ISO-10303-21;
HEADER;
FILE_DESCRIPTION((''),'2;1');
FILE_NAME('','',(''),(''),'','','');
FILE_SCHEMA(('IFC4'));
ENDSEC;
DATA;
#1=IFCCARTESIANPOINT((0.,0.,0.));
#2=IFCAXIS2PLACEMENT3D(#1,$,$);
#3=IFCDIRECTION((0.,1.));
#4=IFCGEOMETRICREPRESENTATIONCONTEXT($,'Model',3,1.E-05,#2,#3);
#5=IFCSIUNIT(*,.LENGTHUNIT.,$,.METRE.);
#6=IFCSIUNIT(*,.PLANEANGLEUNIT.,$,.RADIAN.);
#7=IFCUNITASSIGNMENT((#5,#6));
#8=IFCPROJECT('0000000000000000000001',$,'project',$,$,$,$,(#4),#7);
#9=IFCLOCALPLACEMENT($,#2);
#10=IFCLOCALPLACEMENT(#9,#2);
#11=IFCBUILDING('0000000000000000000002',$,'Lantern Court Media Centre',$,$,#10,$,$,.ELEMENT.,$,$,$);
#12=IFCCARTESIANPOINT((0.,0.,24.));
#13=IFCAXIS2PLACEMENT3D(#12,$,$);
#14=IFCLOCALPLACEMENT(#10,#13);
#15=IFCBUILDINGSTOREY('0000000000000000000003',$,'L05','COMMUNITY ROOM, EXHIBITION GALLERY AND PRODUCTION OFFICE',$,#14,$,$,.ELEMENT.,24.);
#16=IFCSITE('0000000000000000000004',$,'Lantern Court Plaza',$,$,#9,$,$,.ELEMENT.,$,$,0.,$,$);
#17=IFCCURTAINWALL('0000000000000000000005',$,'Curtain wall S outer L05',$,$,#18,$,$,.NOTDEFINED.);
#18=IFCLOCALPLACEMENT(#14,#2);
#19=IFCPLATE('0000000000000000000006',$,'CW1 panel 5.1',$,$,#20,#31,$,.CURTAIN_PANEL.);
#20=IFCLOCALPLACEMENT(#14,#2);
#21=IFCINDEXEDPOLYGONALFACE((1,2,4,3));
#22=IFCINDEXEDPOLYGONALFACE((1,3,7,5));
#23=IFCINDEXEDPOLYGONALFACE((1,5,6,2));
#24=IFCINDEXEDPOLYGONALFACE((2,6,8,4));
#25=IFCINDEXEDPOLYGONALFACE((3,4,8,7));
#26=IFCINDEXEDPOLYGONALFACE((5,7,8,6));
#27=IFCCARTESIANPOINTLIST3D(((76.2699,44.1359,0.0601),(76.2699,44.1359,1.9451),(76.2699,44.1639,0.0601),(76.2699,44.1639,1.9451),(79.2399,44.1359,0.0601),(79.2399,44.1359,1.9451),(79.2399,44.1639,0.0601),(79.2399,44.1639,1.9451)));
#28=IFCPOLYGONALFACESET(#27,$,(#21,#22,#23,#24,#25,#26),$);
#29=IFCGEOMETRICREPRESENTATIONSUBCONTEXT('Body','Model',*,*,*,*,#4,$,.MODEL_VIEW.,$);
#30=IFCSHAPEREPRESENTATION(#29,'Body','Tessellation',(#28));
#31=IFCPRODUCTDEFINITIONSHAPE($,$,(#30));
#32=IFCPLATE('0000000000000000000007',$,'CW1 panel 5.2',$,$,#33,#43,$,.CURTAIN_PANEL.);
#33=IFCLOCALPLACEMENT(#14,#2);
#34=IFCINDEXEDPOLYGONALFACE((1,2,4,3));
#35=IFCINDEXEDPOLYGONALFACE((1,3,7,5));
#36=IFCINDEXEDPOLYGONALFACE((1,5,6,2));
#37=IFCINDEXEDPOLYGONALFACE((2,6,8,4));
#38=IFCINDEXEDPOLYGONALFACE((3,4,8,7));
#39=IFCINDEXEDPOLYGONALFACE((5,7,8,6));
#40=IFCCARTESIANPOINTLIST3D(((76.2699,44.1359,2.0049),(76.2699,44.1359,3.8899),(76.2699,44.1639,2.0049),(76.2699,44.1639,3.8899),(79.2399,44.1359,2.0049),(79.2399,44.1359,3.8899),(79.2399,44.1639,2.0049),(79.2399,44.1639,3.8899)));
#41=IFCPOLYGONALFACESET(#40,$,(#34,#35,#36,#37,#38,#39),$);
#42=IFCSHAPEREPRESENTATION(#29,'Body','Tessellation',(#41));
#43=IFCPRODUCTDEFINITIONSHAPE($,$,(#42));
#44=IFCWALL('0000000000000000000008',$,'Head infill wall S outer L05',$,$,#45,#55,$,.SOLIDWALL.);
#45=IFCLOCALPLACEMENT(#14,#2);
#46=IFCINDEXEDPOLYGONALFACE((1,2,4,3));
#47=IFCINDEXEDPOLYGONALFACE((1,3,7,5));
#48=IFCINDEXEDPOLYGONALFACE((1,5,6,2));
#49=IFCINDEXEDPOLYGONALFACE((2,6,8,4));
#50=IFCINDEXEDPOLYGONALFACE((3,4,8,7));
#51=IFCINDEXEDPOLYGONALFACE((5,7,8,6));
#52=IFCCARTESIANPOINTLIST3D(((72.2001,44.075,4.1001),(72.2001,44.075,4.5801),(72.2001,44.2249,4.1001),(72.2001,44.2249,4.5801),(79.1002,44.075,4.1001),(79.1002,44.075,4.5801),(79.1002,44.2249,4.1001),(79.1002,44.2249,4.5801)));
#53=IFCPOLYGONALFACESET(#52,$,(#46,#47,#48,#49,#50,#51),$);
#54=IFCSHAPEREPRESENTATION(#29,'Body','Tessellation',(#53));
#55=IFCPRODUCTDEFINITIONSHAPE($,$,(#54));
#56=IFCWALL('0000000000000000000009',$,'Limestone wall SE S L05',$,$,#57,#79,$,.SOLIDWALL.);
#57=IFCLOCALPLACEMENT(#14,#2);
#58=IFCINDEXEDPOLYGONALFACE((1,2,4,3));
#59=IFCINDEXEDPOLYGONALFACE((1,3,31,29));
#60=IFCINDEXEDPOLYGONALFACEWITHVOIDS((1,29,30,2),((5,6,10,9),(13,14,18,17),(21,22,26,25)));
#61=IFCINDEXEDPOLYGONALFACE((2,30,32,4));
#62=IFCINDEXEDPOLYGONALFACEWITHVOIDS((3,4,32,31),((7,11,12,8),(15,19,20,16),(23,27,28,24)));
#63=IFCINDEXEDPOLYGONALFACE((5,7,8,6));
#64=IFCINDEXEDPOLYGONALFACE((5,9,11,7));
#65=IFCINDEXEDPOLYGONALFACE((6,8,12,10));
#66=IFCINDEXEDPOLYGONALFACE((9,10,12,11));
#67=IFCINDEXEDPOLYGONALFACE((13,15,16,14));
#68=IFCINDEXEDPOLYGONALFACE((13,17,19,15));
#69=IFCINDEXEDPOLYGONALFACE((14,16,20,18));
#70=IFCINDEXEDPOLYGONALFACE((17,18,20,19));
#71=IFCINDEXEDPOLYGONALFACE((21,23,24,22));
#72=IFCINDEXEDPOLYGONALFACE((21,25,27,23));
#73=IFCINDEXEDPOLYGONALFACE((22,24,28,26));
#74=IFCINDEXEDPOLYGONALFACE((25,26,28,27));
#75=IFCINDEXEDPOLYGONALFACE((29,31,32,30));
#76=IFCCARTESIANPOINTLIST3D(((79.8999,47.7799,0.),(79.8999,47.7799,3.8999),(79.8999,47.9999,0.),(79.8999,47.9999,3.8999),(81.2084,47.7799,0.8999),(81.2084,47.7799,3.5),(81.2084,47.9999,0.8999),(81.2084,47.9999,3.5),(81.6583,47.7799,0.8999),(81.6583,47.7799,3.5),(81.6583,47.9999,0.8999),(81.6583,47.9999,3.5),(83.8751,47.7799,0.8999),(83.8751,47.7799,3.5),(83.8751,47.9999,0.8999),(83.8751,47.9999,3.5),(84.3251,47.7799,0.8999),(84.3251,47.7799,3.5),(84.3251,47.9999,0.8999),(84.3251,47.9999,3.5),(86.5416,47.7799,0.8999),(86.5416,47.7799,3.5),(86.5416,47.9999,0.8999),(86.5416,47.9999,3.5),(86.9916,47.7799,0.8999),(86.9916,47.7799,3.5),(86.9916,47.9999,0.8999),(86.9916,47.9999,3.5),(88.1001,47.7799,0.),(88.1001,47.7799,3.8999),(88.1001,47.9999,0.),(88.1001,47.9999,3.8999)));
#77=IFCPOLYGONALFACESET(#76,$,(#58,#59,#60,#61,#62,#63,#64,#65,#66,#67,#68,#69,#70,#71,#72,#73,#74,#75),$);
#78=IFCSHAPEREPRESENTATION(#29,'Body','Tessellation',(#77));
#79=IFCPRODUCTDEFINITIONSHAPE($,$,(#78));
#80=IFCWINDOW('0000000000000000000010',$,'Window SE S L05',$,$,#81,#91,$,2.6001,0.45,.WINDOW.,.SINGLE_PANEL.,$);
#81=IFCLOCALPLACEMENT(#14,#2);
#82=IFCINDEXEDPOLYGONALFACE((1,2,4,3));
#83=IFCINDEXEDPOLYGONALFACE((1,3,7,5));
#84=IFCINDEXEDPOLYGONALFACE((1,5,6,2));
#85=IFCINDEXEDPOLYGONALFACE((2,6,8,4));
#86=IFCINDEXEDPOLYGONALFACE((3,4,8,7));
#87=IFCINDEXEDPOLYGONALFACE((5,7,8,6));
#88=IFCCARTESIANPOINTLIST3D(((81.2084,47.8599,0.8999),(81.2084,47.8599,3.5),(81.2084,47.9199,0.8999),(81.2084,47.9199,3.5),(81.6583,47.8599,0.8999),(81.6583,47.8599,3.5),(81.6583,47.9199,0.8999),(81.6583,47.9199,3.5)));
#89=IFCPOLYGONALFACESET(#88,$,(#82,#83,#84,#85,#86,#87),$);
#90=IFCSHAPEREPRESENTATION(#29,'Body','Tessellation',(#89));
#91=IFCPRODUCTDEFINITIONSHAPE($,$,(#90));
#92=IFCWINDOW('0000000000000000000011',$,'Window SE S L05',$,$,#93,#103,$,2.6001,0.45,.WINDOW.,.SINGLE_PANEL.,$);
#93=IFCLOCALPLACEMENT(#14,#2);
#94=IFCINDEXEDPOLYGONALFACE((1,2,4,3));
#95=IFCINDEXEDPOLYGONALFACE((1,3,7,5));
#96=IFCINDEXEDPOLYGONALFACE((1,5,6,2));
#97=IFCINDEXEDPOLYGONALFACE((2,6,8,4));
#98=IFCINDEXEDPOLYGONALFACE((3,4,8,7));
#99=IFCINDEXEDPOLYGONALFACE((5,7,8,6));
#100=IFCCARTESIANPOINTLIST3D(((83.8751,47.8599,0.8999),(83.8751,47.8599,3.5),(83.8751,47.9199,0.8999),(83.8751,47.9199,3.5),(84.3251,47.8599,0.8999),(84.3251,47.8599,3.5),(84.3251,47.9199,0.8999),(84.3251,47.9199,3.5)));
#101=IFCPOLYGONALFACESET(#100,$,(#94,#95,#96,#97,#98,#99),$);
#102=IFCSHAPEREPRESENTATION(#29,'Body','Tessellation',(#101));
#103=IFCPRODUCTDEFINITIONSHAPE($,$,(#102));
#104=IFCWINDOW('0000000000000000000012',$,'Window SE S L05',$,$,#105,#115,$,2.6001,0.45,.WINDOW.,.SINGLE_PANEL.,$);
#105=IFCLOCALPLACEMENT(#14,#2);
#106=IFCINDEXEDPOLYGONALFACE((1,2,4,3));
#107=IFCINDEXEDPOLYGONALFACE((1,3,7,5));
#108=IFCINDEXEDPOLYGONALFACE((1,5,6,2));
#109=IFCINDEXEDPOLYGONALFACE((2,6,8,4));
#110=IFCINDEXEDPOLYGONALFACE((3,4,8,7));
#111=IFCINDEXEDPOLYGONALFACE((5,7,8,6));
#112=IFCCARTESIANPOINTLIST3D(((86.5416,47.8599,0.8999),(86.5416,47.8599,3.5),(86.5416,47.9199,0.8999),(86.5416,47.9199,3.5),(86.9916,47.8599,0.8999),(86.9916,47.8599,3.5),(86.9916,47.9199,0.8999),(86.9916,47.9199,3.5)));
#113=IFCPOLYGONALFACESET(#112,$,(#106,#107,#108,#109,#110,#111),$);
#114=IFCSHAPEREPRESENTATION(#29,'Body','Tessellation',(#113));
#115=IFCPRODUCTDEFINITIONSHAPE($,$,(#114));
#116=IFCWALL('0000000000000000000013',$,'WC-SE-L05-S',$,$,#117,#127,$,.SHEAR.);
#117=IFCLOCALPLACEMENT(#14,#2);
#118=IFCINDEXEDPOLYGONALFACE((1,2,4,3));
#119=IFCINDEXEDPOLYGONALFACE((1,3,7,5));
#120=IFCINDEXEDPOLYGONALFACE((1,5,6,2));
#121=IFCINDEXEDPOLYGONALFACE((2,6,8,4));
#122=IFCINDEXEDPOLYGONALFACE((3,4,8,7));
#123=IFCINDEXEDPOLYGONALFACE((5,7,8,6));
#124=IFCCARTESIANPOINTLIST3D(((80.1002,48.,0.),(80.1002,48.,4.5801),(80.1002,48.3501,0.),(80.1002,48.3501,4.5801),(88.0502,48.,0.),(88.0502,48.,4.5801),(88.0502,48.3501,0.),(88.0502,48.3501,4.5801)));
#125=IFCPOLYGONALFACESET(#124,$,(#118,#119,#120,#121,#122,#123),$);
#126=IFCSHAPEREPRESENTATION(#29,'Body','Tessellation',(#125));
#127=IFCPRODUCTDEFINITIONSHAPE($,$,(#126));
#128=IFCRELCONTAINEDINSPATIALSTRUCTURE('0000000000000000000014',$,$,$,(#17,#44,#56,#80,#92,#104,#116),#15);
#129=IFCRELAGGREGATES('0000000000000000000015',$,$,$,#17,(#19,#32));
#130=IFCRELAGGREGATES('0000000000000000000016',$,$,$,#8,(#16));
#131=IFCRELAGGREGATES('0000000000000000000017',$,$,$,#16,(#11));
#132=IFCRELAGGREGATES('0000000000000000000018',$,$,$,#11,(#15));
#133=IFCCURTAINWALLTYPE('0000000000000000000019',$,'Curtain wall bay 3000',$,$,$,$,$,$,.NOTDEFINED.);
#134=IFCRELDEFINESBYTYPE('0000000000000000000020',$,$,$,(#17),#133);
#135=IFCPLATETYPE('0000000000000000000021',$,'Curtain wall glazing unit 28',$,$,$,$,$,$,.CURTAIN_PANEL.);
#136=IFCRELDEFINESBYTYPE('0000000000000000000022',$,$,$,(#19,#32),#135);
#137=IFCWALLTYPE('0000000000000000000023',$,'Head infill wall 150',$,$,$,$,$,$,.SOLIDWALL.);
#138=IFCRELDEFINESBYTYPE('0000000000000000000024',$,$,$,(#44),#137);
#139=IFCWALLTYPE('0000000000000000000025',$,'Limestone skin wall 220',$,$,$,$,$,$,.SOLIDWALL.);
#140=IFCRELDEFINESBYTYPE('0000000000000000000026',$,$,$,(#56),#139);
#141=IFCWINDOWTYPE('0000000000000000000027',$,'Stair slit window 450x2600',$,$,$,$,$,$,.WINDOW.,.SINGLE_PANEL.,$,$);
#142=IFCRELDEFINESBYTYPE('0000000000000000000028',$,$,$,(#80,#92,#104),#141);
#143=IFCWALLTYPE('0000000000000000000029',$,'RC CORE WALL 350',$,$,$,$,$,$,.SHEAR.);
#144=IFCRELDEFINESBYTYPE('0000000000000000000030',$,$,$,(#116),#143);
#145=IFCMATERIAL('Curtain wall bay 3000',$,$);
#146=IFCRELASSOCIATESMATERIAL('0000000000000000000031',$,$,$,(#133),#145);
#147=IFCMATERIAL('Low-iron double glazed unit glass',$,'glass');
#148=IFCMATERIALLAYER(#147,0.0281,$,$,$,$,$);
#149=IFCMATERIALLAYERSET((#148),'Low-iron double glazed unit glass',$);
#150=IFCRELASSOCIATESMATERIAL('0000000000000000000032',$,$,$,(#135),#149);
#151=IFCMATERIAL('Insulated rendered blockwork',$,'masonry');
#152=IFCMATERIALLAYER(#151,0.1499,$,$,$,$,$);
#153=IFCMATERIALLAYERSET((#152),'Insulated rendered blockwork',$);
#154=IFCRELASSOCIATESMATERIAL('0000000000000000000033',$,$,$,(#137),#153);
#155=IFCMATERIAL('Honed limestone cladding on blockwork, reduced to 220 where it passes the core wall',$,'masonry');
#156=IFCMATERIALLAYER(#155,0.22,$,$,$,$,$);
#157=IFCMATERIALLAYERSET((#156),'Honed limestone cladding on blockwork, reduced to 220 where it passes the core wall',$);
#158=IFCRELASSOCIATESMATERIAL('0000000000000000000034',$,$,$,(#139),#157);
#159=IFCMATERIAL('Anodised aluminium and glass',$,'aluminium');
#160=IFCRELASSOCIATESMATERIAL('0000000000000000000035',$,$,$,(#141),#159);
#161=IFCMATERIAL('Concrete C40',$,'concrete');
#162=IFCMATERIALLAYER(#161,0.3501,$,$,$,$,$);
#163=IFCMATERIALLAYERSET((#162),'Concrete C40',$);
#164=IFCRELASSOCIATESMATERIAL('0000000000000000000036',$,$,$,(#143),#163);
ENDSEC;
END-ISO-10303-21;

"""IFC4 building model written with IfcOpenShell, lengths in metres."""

from ifc_helpers import new_model, si_unit, direction, frame, frame_2d, origin, origin_2d, place, context, subcontext, project, spatial, rectangle, extrude, material, layer, layer_set, type_object, element, fill, aggregate, save


model = new_model("IFC4")

# Units and contexts
model_context = context("Model", 3, precision=1e-05, world=origin(), true_north=direction((0.0, 1.0)))
body_context = subcontext(model_context, "Body", "Model", "MODEL_VIEW")
ifc_project = project(units=[si_unit("LENGTHUNIT", "METRE"), si_unit("PLANEANGLEUNIT", "RADIAN")], contexts=[model_context])

# Site, building, storey
site_placement = place(None, origin())
site = spatial("IfcSite", under=ifc_project, at=site_placement, Name="Lantern Court Plaza", CompositionType="ELEMENT", RefElevation=0.0)
building_placement = place(site_placement, origin())
building = spatial("IfcBuilding", under=site, at=building_placement, Name="Lantern Court Media Centre", CompositionType="ELEMENT")
storey_placement = place(building_placement, frame((0.0, 0.0, 24.0)))
storey = spatial("IfcBuildingStorey", under=building, at=storey_placement, Name="L05", Description="COMMUNITY ROOM, EXHIBITION GALLERY AND PRODUCTION OFFICE", CompositionType="ELEMENT", Elevation=24.0)

# Curtain wall
ifc_material_1 = material(Name="Curtain wall bay 3000")
curtain_wall_type = type_object("IfcCurtainWallType", Name="Curtain wall bay 3000", PredefinedType="NOTDEFINED", material=ifc_material_1)
curtain_wall_placement = place(storey_placement, origin())
curtain_wall = element("IfcCurtainWall", 1, at=curtain_wall_placement, inside=storey, type_object=curtain_wall_type, Name="Curtain wall S outer L05", PredefinedType="NOTDEFINED")

# Plates
ifc_material_2 = material(Name="Low-iron double glazed unit glass", Category="glass")
ifc_layer_1 = layer(ifc_material_2, 0.0281)
ifc_layer_set_1 = layer_set([ifc_layer_1], Name="Low-iron double glazed unit glass")
plate_type = type_object("IfcPlateType", Name="Curtain wall glazing unit 28", PredefinedType="CURTAIN_PANEL", material=ifc_layer_set_1)
plate_1_placement = place(storey_placement, frame((77.7549, 44.1499, 0.0601), z_axis=(0.0, 0.0, 1.0), x_axis=(1.0, 0.0, 0.0)))
plate_1 = element("IfcPlate", 2, at=plate_1_placement, type_object=plate_type, Name="CW1 panel 5.1", PredefinedType="CURTAIN_PANEL", context=body_context, shape_type="SweptSolid", body=[
    extrude(rectangle(XDim=2.97, YDim=0.0281, at=origin_2d()), origin(), (0.0, 0.0, 1.0), 1.885),
])
plate_2_placement = place(storey_placement, frame((77.7549, 44.1499, 2.0049), z_axis=(0.0, 0.0, 1.0), x_axis=(1.0, 0.0, 0.0)))
plate_2 = element("IfcPlate", 3, at=plate_2_placement, type_object=plate_type, Name="CW1 panel 5.2", PredefinedType="CURTAIN_PANEL", context=body_context, shape_type="SweptSolid", body=[
    extrude(rectangle(XDim=2.97, YDim=0.0281, at=origin_2d()), origin(), (0.0, 0.0, 1.0), 1.885),
])
aggregate(curtain_wall, [plate_1, plate_2])

# Wall
ifc_material_3 = material(Name="Insulated rendered blockwork", Category="masonry")
ifc_layer_2 = layer(ifc_material_3, 0.1499)
ifc_layer_set_2 = layer_set([ifc_layer_2], Name="Insulated rendered blockwork")
wall_type_1 = type_object("IfcWallType", Name="Head infill wall 150", PredefinedType="SOLIDWALL", material=ifc_layer_set_2)
wall_1_placement = place(storey_placement, frame((72.2, 44.1499, 4.1001), z_axis=(0.0, 0.0, 1.0), x_axis=(1.0, 0.0, 0.0)))
element("IfcWall", 4, at=wall_1_placement, inside=storey, type_object=wall_type_1, Name="Head infill wall S outer L05", PredefinedType="SOLIDWALL", context=body_context, shape_type="SweptSolid", body=[
    extrude(rectangle(XDim=6.9001, YDim=0.1499, at=frame_2d((3.4502, 0.0))), origin(), (0.0, 0.0, 1.0), 0.48),
])

# Wall, openings, windows
ifc_material_4 = material(Name="Honed limestone cladding on blockwork, reduced to 220 where it passes the core wall", Category="masonry")
ifc_layer_3 = layer(ifc_material_4, 0.22)
ifc_layer_set_3 = layer_set([ifc_layer_3], Name="Honed limestone cladding on blockwork, reduced to 220 where it passes the core wall")
wall_type_2 = type_object("IfcWallType", Name="Limestone skin wall 220", PredefinedType="SOLIDWALL", material=ifc_layer_set_3)
wall_2_placement = place(storey_placement, frame((79.8999, 47.8899, 0.0), z_axis=(0.0, 0.0, 1.0), x_axis=(1.0, 0.0, 0.0)))
wall_2 = element("IfcWall", 5, at=wall_2_placement, inside=storey, type_object=wall_type_2, Name="Limestone wall SE S L05", PredefinedType="SOLIDWALL", context=body_context, shape_type="SweptSolid", body=[
    extrude(rectangle(XDim=8.2002, YDim=0.22, at=frame_2d((4.1001, 0.0))), origin(), (0.0, 0.0, 1.0), 3.8999),
])
opening_1_placement = place(wall_2_placement, frame((1.3083, 0.0, 0.8999)))
opening_1 = element("IfcOpeningElement", 6, at=opening_1_placement, cuts=wall_2, PredefinedType="OPENING", context=body_context, shape_type="SweptSolid", body=[
    extrude(rectangle(XDim=0.45, YDim=2.6001, at=frame_2d((0.2251, 1.3))), frame((0.0, 0.1199, 0.0), z_axis=(0.0, -1.0, 0.0), x_axis=(1.0, 0.0, 0.0)), (0.0, 0.0, 1.0), 0.24),
])
opening_2_placement = place(wall_2_placement, frame((3.9751, 0.0, 0.8999)))
opening_2 = element("IfcOpeningElement", 7, at=opening_2_placement, cuts=wall_2, PredefinedType="OPENING", context=body_context, shape_type="SweptSolid", body=[
    extrude(rectangle(XDim=0.45, YDim=2.6001, at=frame_2d((0.2251, 1.3))), frame((0.0, 0.1199, 0.0), z_axis=(0.0, -1.0, 0.0), x_axis=(1.0, 0.0, 0.0)), (0.0, 0.0, 1.0), 0.24),
])
opening_3_placement = place(wall_2_placement, frame((6.6416, 0.0, 0.8999)))
opening_3 = element("IfcOpeningElement", 8, at=opening_3_placement, cuts=wall_2, PredefinedType="OPENING", context=body_context, shape_type="SweptSolid", body=[
    extrude(rectangle(XDim=0.45, YDim=2.6001, at=frame_2d((0.2251, 1.3))), frame((0.0, 0.1199, 0.0), z_axis=(0.0, -1.0, 0.0), x_axis=(1.0, 0.0, 0.0)), (0.0, 0.0, 1.0), 0.24),
])
ifc_material_5 = material(Name="Anodised aluminium and glass", Category="aluminium")
window_type = type_object("IfcWindowType", Name="Stair slit window 450x2600", PartitioningType="SINGLE_PANEL", PredefinedType="WINDOW", material=ifc_material_5)
window_1_placement = place(opening_1_placement, origin())
window_1 = element("IfcWindow", 9, at=window_1_placement, inside=storey, type_object=window_type, Name="Window SE S L05", OverallHeight=2.6001, OverallWidth=0.45, PartitioningType="SINGLE_PANEL", PredefinedType="WINDOW", context=body_context, shape_type="SweptSolid", body=[
    extrude(rectangle(XDim=0.45, YDim=2.6001, at=frame_2d((0.2251, 1.3))), frame((0.0, 0.03, 0.0), z_axis=(0.0, -1.0, 0.0), x_axis=(1.0, 0.0, 0.0)), (0.0, 0.0, 1.0), 0.0601),
])
fill(opening_1, window_1)
window_2_placement = place(opening_2_placement, origin())
window_2 = element("IfcWindow", 10, at=window_2_placement, inside=storey, type_object=window_type, Name="Window SE S L05", OverallHeight=2.6001, OverallWidth=0.45, PartitioningType="SINGLE_PANEL", PredefinedType="WINDOW", context=body_context, shape_type="SweptSolid", body=[
    extrude(rectangle(XDim=0.45, YDim=2.6001, at=frame_2d((0.2251, 1.3))), frame((0.0, 0.03, 0.0), z_axis=(0.0, -1.0, 0.0), x_axis=(1.0, 0.0, 0.0)), (0.0, 0.0, 1.0), 0.0601),
])
fill(opening_2, window_2)
window_3_placement = place(opening_3_placement, origin())
window_3 = element("IfcWindow", 11, at=window_3_placement, inside=storey, type_object=window_type, Name="Window SE S L05", OverallHeight=2.6001, OverallWidth=0.45, PartitioningType="SINGLE_PANEL", PredefinedType="WINDOW", context=body_context, shape_type="SweptSolid", body=[
    extrude(rectangle(XDim=0.45, YDim=2.6001, at=frame_2d((0.2251, 1.3))), frame((0.0, 0.03, 0.0), z_axis=(0.0, -1.0, 0.0), x_axis=(1.0, 0.0, 0.0)), (0.0, 0.0, 1.0), 0.0601),
])
fill(opening_3, window_3)

# Wall
ifc_material_6 = material(Name="Concrete C40", Category="concrete")
ifc_layer_4 = layer(ifc_material_6, 0.3501)
ifc_layer_set_4 = layer_set([ifc_layer_4], Name="Concrete C40")
wall_type_3 = type_object("IfcWallType", Name="RC CORE WALL 350", PredefinedType="SHEAR", material=ifc_layer_set_4)
wall_3_placement = place(storey_placement, frame((80.1001, 48.175, 0.0), z_axis=(0.0, 0.0, 1.0), x_axis=(1.0, 0.0, 0.0)))
element("IfcWall", 12, at=wall_3_placement, inside=storey, type_object=wall_type_3, Name="WC-SE-L05-S", PredefinedType="SHEAR", context=body_context, shape_type="SweptSolid", body=[
    extrude(rectangle(XDim=7.95, YDim=0.3501, at=frame_2d((3.9751, 0.0))), origin(), (0.0, 0.0, 1.0), 4.5801),
])

save(model, "model.ifc")
